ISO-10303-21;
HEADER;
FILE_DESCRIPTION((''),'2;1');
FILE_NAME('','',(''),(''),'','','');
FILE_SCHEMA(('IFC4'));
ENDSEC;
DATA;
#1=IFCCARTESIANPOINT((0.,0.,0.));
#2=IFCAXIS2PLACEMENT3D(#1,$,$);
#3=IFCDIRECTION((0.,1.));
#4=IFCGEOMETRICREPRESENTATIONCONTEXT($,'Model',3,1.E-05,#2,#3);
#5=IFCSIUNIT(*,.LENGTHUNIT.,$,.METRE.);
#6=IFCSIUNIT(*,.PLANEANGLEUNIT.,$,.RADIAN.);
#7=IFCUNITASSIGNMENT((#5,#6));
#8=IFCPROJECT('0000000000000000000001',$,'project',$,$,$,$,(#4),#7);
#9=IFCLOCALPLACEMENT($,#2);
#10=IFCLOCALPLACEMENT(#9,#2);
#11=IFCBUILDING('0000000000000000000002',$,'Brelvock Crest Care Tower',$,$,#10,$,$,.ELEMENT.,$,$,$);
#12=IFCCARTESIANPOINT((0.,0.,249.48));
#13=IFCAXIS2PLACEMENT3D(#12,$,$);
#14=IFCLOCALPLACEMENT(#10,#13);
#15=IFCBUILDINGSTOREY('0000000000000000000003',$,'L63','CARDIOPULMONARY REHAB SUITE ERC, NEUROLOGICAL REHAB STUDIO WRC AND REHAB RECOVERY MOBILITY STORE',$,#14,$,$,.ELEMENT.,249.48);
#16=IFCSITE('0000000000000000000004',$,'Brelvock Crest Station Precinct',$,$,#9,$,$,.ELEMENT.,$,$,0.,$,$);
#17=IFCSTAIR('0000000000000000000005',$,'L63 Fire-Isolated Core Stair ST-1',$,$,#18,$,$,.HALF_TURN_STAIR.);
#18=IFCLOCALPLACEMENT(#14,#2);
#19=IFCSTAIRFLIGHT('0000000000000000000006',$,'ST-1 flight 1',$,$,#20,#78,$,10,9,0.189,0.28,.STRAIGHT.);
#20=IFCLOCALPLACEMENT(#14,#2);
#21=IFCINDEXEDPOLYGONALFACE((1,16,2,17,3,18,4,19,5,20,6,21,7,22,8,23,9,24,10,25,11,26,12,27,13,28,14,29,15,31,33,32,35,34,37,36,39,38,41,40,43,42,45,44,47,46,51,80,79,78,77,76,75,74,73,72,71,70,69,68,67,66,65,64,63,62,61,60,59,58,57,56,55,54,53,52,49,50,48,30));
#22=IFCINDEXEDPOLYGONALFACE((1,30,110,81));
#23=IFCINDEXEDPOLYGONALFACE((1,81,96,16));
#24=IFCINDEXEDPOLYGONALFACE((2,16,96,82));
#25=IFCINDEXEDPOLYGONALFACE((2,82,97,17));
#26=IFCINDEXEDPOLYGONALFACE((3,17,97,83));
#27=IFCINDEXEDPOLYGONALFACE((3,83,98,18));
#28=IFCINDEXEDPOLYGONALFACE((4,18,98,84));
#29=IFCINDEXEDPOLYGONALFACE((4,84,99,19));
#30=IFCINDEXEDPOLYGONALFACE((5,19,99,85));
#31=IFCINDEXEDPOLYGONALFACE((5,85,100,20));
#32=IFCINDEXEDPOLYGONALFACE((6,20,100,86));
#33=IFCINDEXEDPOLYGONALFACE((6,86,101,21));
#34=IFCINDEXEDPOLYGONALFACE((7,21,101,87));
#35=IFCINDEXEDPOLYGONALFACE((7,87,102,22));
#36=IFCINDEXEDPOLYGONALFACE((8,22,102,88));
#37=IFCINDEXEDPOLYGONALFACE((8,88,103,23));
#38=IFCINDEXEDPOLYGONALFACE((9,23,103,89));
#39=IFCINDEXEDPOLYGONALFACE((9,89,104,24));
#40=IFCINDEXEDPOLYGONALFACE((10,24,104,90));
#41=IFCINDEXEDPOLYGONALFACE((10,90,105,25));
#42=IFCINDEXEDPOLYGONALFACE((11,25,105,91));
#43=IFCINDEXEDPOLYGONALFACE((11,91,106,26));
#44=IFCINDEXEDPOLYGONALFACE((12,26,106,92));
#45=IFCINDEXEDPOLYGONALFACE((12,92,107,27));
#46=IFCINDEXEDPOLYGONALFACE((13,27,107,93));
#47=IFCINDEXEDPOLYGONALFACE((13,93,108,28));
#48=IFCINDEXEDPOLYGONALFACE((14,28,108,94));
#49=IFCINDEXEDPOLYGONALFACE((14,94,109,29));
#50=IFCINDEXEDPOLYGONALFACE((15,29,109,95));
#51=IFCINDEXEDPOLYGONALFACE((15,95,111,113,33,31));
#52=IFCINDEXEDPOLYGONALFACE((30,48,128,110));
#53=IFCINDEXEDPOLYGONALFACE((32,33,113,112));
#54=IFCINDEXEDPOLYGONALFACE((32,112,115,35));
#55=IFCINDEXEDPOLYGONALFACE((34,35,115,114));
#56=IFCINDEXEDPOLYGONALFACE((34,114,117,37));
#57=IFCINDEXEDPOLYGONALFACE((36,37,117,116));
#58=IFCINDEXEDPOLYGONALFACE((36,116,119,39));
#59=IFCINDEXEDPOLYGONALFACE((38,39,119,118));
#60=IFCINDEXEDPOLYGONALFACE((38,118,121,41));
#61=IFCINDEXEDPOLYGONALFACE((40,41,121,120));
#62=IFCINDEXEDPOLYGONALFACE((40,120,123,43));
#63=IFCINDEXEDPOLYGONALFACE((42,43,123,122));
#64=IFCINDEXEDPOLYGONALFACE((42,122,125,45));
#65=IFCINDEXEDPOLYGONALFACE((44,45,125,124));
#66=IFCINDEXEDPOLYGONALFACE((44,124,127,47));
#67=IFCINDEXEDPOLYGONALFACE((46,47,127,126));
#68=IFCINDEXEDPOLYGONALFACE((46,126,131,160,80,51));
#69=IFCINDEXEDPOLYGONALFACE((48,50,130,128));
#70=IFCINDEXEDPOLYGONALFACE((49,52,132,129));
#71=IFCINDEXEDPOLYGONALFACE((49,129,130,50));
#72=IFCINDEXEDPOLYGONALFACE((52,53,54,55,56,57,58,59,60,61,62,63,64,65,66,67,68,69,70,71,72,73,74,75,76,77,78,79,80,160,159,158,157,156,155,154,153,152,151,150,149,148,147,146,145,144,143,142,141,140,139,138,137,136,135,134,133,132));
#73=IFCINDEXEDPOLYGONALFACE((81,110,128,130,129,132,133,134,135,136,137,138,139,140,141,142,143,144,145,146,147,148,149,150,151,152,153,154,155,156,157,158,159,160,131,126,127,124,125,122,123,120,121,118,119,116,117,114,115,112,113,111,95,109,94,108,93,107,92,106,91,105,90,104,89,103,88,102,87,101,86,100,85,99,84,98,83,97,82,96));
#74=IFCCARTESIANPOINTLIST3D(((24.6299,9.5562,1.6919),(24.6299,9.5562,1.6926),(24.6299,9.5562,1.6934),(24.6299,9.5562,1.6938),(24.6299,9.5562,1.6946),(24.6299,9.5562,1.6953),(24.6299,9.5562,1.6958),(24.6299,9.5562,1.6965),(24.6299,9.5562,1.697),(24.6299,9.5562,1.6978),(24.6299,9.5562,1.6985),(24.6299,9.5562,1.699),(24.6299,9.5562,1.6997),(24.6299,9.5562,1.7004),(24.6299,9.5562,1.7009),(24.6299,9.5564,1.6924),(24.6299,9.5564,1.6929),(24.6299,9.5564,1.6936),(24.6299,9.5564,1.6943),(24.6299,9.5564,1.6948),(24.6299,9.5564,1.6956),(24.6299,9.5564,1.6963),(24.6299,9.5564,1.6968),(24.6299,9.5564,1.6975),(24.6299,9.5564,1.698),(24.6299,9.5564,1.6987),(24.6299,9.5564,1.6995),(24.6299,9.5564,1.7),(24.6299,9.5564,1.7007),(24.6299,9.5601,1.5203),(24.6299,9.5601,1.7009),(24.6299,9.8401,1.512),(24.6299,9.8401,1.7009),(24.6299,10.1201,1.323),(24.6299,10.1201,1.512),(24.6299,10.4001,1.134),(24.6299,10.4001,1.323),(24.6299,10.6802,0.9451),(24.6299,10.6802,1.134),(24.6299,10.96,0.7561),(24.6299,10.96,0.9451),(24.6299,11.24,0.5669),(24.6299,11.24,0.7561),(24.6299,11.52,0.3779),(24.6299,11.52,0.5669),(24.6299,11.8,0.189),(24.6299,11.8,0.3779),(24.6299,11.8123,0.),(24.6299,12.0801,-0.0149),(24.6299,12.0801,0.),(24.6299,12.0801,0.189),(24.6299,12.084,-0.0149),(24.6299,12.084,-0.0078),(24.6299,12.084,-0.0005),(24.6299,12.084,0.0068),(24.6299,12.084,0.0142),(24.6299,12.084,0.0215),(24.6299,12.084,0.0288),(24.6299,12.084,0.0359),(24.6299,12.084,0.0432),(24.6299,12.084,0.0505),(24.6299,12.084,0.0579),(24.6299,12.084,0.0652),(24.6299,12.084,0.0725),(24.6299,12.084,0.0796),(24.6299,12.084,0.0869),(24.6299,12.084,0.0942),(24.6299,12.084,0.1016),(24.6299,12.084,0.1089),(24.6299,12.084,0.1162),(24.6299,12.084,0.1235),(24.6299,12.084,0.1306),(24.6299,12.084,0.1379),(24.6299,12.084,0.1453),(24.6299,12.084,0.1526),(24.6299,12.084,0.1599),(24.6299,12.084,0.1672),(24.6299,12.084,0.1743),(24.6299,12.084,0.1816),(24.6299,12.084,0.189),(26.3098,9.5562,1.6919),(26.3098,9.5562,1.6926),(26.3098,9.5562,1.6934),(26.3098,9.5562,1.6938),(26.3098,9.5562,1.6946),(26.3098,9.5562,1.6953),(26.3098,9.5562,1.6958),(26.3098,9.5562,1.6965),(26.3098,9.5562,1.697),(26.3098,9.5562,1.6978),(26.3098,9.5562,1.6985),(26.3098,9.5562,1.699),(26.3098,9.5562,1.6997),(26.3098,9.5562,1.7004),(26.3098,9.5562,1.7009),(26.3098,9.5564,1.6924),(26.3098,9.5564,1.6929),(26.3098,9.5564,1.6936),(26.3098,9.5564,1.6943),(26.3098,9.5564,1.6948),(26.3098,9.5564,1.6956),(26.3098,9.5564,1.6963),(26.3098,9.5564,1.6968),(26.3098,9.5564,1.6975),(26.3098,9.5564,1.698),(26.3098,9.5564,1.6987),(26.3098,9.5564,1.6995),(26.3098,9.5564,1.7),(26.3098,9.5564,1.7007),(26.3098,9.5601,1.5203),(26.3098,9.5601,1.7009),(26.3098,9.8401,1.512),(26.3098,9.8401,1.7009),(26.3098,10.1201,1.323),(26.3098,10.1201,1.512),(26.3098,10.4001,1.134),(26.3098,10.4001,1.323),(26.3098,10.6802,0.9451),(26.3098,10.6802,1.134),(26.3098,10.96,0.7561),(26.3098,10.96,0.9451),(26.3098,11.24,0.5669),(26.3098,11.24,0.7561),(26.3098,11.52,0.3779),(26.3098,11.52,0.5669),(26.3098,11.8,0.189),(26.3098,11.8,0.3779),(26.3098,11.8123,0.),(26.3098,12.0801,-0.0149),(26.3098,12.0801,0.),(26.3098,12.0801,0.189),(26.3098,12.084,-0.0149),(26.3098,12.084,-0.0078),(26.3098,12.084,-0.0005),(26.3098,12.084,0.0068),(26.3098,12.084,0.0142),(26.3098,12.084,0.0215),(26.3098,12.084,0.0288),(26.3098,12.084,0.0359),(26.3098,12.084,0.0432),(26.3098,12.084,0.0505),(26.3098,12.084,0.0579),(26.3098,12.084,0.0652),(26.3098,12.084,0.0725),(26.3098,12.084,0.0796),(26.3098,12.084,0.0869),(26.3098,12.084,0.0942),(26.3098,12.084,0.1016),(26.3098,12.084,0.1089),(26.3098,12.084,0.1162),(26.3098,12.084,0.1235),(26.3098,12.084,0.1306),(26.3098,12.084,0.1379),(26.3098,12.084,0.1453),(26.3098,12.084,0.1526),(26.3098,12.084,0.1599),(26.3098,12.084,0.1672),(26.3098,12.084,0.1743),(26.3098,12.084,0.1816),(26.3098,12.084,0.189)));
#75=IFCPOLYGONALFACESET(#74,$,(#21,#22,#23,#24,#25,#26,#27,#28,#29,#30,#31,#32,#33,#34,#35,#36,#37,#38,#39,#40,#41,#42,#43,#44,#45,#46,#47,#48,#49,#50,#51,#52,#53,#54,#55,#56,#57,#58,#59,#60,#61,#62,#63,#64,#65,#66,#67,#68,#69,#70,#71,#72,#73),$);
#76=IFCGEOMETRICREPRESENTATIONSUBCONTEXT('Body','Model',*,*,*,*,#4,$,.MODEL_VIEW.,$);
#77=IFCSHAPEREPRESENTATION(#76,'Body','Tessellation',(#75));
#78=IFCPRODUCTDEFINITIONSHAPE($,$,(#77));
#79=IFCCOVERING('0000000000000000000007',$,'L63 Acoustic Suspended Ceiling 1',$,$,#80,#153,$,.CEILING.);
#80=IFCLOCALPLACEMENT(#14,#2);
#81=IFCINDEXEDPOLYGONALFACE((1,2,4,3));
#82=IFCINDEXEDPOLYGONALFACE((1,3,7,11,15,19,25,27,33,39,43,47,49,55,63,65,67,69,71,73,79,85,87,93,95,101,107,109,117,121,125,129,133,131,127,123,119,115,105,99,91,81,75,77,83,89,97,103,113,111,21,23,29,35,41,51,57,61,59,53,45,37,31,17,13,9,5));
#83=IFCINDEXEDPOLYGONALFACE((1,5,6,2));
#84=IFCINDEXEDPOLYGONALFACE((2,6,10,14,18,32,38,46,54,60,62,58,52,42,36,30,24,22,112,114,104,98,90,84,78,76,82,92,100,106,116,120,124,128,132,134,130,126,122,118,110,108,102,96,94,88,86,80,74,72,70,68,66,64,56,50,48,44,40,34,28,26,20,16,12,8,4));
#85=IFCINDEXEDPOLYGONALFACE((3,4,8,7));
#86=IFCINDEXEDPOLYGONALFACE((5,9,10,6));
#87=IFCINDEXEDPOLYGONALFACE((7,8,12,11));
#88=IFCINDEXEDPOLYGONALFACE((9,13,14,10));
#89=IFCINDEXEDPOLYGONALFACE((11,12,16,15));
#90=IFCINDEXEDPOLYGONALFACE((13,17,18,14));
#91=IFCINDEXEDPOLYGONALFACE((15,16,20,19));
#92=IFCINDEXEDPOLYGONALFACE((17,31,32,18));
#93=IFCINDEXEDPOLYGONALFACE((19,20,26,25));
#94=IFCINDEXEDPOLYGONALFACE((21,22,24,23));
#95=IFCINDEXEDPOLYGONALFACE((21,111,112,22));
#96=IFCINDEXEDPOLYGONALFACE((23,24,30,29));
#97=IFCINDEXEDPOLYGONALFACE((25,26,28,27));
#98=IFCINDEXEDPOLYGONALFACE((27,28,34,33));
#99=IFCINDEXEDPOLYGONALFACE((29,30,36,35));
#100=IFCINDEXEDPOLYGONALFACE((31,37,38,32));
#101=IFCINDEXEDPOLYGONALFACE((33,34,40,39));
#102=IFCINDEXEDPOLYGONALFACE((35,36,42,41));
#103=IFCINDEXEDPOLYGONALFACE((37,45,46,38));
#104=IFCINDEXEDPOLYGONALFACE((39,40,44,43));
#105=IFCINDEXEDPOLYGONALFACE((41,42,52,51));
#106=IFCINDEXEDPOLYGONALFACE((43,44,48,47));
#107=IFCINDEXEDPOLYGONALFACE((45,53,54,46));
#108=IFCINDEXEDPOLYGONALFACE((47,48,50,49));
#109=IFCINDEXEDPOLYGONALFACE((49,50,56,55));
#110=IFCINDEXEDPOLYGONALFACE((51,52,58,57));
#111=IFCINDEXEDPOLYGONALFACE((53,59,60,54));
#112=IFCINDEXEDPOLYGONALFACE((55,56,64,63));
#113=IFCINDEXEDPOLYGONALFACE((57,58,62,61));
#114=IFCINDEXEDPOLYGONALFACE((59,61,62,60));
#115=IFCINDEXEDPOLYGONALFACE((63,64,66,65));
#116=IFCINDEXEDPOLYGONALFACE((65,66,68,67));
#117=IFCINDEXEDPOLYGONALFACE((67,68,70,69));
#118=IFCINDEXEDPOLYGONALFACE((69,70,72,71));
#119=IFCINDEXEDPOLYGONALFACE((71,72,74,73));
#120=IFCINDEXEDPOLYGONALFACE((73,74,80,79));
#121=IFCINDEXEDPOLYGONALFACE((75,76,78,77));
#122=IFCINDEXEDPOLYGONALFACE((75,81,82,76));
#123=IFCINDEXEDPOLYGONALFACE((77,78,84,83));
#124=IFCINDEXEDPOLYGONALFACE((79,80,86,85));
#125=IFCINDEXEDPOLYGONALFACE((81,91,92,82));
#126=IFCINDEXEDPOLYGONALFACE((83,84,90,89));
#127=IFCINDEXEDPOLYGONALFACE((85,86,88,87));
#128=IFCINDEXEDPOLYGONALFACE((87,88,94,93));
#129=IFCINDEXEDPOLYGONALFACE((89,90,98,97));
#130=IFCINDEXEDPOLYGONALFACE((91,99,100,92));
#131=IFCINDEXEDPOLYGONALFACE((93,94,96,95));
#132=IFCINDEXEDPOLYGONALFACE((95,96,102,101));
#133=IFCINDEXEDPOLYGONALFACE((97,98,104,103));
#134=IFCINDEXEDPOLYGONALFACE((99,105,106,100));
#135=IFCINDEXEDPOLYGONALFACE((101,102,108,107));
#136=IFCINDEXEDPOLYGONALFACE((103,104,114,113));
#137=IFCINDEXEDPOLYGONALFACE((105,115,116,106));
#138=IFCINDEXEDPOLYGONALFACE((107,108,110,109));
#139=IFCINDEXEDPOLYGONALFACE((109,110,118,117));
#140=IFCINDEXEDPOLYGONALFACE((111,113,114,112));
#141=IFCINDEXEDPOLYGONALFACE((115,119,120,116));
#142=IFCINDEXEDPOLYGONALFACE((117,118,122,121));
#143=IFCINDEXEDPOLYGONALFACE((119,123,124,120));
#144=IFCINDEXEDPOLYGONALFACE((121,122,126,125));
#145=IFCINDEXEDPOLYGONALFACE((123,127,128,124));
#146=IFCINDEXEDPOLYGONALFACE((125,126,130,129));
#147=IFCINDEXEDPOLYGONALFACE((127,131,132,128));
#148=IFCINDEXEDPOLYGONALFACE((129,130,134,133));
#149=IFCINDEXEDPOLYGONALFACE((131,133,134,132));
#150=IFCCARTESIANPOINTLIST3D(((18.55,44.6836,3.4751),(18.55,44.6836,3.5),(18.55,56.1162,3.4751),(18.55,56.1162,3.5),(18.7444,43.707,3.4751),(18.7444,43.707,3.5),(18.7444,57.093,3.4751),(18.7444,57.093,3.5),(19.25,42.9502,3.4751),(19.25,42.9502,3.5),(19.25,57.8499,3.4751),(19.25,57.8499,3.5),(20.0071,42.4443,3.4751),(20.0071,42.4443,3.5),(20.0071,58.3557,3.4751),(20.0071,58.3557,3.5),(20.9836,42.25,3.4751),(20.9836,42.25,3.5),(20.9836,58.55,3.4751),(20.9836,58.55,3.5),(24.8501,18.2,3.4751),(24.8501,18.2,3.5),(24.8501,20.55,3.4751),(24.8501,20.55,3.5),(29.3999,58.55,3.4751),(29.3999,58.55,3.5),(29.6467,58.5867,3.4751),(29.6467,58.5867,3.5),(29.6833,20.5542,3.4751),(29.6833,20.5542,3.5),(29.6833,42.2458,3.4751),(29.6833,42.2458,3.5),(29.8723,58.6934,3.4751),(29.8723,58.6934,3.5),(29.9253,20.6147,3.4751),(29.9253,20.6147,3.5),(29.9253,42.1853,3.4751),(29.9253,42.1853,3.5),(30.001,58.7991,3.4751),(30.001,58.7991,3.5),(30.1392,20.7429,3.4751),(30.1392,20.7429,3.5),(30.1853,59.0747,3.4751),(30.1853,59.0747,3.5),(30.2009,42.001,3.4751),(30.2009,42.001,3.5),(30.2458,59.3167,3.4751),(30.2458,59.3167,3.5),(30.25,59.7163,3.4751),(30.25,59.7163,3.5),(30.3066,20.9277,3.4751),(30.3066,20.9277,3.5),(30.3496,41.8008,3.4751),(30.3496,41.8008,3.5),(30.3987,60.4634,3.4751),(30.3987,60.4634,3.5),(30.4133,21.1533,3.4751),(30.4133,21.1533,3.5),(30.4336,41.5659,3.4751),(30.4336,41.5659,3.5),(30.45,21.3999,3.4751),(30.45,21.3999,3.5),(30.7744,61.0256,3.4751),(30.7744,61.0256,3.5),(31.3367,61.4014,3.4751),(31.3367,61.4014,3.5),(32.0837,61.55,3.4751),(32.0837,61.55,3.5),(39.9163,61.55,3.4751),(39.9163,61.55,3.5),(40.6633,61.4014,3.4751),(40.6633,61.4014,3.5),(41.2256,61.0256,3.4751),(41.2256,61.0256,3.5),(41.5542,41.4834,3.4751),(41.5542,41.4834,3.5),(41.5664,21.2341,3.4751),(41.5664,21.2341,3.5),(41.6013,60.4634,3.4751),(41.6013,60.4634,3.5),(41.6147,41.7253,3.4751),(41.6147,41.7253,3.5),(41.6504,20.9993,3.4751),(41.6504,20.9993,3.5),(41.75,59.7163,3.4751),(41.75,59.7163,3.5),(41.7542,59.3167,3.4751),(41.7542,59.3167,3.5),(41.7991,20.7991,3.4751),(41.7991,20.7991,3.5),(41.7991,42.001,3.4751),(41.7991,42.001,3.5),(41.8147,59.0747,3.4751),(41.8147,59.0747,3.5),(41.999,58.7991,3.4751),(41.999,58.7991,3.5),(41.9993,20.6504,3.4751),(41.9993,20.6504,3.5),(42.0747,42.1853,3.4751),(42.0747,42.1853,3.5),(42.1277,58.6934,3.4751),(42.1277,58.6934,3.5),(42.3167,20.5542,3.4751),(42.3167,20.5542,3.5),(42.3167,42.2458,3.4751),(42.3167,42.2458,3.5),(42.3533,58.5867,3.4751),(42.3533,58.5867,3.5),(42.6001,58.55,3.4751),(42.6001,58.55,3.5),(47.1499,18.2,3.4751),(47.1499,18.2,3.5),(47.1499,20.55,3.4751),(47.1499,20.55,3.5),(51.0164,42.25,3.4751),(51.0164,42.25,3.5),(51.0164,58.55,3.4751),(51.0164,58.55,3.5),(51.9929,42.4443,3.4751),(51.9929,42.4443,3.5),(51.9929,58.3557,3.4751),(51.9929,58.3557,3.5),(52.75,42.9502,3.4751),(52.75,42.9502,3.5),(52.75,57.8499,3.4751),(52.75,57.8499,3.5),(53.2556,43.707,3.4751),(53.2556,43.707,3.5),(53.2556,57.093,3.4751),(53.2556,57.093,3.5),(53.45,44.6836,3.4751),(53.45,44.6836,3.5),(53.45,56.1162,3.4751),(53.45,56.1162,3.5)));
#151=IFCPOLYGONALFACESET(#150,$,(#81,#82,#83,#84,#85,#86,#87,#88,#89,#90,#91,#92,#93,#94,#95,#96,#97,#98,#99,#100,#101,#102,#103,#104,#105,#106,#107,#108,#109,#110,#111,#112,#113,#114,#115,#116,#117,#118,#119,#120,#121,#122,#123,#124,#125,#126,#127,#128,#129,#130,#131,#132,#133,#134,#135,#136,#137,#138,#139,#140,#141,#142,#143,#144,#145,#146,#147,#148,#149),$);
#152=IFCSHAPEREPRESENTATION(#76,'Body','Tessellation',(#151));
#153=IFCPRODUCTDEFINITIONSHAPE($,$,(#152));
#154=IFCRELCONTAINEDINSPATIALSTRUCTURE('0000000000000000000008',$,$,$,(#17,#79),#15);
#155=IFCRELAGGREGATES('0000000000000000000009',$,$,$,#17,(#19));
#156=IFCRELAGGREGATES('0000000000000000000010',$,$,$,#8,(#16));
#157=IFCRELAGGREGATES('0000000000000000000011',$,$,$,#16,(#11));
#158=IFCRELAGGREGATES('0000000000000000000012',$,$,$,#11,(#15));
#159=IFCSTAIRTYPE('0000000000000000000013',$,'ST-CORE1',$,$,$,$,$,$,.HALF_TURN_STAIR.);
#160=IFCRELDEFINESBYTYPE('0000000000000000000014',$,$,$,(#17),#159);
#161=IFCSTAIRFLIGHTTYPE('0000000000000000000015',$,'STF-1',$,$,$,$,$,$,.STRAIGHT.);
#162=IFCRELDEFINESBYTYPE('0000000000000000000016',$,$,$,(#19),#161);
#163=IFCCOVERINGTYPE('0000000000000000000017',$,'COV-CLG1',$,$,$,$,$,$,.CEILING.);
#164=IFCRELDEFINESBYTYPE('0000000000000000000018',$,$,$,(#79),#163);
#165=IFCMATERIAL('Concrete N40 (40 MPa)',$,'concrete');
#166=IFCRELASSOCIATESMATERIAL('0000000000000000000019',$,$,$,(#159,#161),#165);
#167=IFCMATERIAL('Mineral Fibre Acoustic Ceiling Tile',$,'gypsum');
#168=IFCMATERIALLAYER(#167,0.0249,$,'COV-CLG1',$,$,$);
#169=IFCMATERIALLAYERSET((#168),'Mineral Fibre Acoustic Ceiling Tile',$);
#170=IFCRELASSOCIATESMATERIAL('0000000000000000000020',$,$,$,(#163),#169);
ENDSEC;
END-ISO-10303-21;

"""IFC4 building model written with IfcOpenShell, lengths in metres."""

from ifc_helpers import new_model, si_unit, direction, frame, origin, place, context, subcontext, project, spatial, polyline, outline, extrude, material, layer, layer_set, type_object, element, aggregate, save


model = new_model("IFC4")

# Units and contexts
model_context = context("Model", 3, precision=1e-05, world=origin(), true_north=direction((0.0, 1.0)))
body_context = subcontext(model_context, "Body", "Model", "MODEL_VIEW")
ifc_project = project(units=[si_unit("LENGTHUNIT", "METRE"), si_unit("PLANEANGLEUNIT", "RADIAN")], contexts=[model_context])

# Site, building, storey
site_placement = place(None, origin())
site = spatial("IfcSite", under=ifc_project, at=site_placement, Name="Brelvock Crest Station Precinct", CompositionType="ELEMENT", RefElevation=0.0)
building_placement = place(site_placement, origin())
building = spatial("IfcBuilding", under=site, at=building_placement, Name="Brelvock Crest Care Tower", CompositionType="ELEMENT")
storey_placement = place(building_placement, frame((0.0, 0.0, 249.48)))
storey = spatial("IfcBuildingStorey", under=building, at=storey_placement, Name="L63", Description="CARDIOPULMONARY REHAB SUITE ERC, NEUROLOGICAL REHAB STUDIO WRC AND REHAB RECOVERY MOBILITY STORE", CompositionType="ELEMENT", Elevation=249.48)

# Stair
ifc_material_1 = material(Name="Concrete N40 (40 MPa)", Category="concrete")
stair_type = type_object("IfcStairType", Name="ST-CORE1", PredefinedType="HALF_TURN_STAIR", material=ifc_material_1)
stair_1_placement = place(storey_placement, origin())
stair_1 = element("IfcStair", 1, at=stair_1_placement, inside=storey, type_object=stair_type, Name="L63 Fire-Isolated Core Stair ST-1", PredefinedType="HALF_TURN_STAIR")

# Stair flight
stair_flight_type = type_object("IfcStairFlightType", Name="STF-1", PredefinedType="STRAIGHT", material=ifc_material_1)
stair_flight_placement = place(storey_placement, frame((25.47, 12.0801, 0.0), z_axis=(0.0, 0.0, 1.0), x_axis=(0.0, -1.0, 0.0)))
stair_flight = element("IfcStairFlight", 2, at=stair_flight_placement, type_object=stair_flight_type, Name="ST-1 flight 1", NumberOfRisers=10, NumberOfTreads=9, PredefinedType="STRAIGHT", RiserHeight=0.189, TreadLength=0.28, context=body_context, shape_type="SweptSolid", body=[
    extrude(outline(polyline([(-0.0039, -0.0149), (-0.0039, -0.0078), (-0.0039, -0.0005), (-0.0039, 0.0068), (-0.0039, 0.0142), (-0.0039, 0.0215), (-0.0039, 0.0288), (-0.0039, 0.0359), (-0.0039, 0.0432), (-0.0039, 0.0505), (-0.0039, 0.0579), (-0.0039, 0.0652), (-0.0039, 0.0725), (-0.0039, 0.0796), (-0.0039, 0.0869), (-0.0039, 0.0942), (-0.0039, 0.1016), (-0.0039, 0.1089), (-0.0039, 0.1162), (-0.0039, 0.1235), (-0.0039, 0.1306), (-0.0039, 0.1379), (-0.0039, 0.1453), (-0.0039, 0.1526), (-0.0039, 0.1599), (-0.0039, 0.1672), (-0.0039, 0.1743), (-0.0039, 0.1816), (-0.0039, 0.189), (0.0, 0.189), (0.28, 0.189), (0.28, 0.3779), (0.5601, 0.3779), (0.5601, 0.5669), (0.8401, 0.5669), (0.8401, 0.7561), (1.1201, 0.7561), (1.1201, 0.9451), (1.3999, 0.9451), (1.3999, 1.134), (1.6799, 1.134), (1.6799, 1.323), (1.96, 1.323), (1.96, 1.512), (2.24, 1.512), (2.24, 1.7009), (2.52, 1.7009), (2.5239, 1.7009), (2.5237, 1.7007), (2.5239, 1.7004), (2.5237, 1.7), (2.5239, 1.6997), (2.5237, 1.6995), (2.5239, 1.699), (2.5237, 1.6987), (2.5239, 1.6985), (2.5237, 1.698), (2.5239, 1.6978), (2.5237, 1.6975), (2.5239, 1.697), (2.5237, 1.6968), (2.5239, 1.6965), (2.5237, 1.6963), (2.5239, 1.6958), (2.5237, 1.6956), (2.5239, 1.6953), (2.5237, 1.6948), (2.5239, 1.6946), (2.5237, 1.6943), (2.5239, 1.6938), (2.5237, 1.6936), (2.5239, 1.6934), (2.5237, 1.6929), (2.5239, 1.6926), (2.5237, 1.6924), (2.5239, 1.6919), (2.52, 1.5203), (0.2678, 0.0), (0.0, 0.0), (0.0, -0.0149), (-0.0039, -0.0149)])), frame((0.0, 0.8398, 0.0), z_axis=(0.0, -1.0, 0.0), x_axis=(1.0, 0.0, 0.0)), (0.0, 0.0, 1.0), 1.6799),
])
aggregate(stair_1, [stair_flight])

# Covering
ifc_material_2 = material(Name="Mineral Fibre Acoustic Ceiling Tile", Category="gypsum")
ifc_layer_1 = layer(ifc_material_2, 0.0249, Name="COV-CLG1")
ifc_layer_set_1 = layer_set([ifc_layer_1], Name="Mineral Fibre Acoustic Ceiling Tile")
covering_type_1 = type_object("IfcCoveringType", Name="COV-CLG1", PredefinedType="CEILING", material=ifc_layer_set_1)
covering_1_placement = place(storey_placement, frame((0.0, 0.0, 3.4751)))
element("IfcCovering", 3, at=covering_1_placement, inside=storey, type_object=covering_type_1, Name="L63 Acoustic Suspended Ceiling 1", PredefinedType="CEILING", context=body_context, shape_type="SweptSolid", body=[
    extrude(outline(polyline([(24.8501, 18.2), (47.1499, 18.2), (47.1499, 20.55), (42.3167, 20.5542), (41.9993, 20.6504), (41.7991, 20.7991), (41.6504, 20.9993), (41.5664, 21.2341), (41.5542, 41.4834), (41.6147, 41.7253), (41.7991, 42.001), (42.0747, 42.1853), (42.3167, 42.2458), (51.0164, 42.25), (51.9929, 42.4443), (52.75, 42.9502), (53.2556, 43.707), (53.45, 44.6836), (53.45, 56.1162), (53.2556, 57.093), (52.75, 57.8499), (51.9929, 58.3557), (51.0164, 58.55), (42.6001, 58.55), (42.3533, 58.5867), (42.1277, 58.6934), (41.999, 58.7991), (41.8147, 59.0747), (41.7542, 59.3167), (41.75, 59.7163), (41.6013, 60.4634), (41.2256, 61.0256), (40.6633, 61.4014), (39.9163, 61.55), (32.0837, 61.55), (31.3367, 61.4014), (30.7744, 61.0256), (30.3987, 60.4634), (30.25, 59.7163), (30.2458, 59.3167), (30.1853, 59.0747), (30.001, 58.7991), (29.8723, 58.6934), (29.6467, 58.5867), (29.3999, 58.55), (20.9836, 58.55), (20.0071, 58.3557), (19.25, 57.8499), (18.7444, 57.093), (18.55, 56.1162), (18.55, 44.6836), (18.7444, 43.707), (19.25, 42.9502), (20.0071, 42.4443), (20.9836, 42.25), (29.6833, 42.2458), (29.9253, 42.1853), (30.2009, 42.001), (30.3496, 41.8008), (30.4336, 41.5659), (30.45, 21.3999), (30.4133, 21.1533), (30.3066, 20.9277), (30.1392, 20.7429), (29.9253, 20.6147), (29.6833, 20.5542), (24.8501, 20.55), (24.8501, 18.2)])), origin(), (0.0, 0.0, 1.0), 0.0249),
])

save(model, "model.ifc")
